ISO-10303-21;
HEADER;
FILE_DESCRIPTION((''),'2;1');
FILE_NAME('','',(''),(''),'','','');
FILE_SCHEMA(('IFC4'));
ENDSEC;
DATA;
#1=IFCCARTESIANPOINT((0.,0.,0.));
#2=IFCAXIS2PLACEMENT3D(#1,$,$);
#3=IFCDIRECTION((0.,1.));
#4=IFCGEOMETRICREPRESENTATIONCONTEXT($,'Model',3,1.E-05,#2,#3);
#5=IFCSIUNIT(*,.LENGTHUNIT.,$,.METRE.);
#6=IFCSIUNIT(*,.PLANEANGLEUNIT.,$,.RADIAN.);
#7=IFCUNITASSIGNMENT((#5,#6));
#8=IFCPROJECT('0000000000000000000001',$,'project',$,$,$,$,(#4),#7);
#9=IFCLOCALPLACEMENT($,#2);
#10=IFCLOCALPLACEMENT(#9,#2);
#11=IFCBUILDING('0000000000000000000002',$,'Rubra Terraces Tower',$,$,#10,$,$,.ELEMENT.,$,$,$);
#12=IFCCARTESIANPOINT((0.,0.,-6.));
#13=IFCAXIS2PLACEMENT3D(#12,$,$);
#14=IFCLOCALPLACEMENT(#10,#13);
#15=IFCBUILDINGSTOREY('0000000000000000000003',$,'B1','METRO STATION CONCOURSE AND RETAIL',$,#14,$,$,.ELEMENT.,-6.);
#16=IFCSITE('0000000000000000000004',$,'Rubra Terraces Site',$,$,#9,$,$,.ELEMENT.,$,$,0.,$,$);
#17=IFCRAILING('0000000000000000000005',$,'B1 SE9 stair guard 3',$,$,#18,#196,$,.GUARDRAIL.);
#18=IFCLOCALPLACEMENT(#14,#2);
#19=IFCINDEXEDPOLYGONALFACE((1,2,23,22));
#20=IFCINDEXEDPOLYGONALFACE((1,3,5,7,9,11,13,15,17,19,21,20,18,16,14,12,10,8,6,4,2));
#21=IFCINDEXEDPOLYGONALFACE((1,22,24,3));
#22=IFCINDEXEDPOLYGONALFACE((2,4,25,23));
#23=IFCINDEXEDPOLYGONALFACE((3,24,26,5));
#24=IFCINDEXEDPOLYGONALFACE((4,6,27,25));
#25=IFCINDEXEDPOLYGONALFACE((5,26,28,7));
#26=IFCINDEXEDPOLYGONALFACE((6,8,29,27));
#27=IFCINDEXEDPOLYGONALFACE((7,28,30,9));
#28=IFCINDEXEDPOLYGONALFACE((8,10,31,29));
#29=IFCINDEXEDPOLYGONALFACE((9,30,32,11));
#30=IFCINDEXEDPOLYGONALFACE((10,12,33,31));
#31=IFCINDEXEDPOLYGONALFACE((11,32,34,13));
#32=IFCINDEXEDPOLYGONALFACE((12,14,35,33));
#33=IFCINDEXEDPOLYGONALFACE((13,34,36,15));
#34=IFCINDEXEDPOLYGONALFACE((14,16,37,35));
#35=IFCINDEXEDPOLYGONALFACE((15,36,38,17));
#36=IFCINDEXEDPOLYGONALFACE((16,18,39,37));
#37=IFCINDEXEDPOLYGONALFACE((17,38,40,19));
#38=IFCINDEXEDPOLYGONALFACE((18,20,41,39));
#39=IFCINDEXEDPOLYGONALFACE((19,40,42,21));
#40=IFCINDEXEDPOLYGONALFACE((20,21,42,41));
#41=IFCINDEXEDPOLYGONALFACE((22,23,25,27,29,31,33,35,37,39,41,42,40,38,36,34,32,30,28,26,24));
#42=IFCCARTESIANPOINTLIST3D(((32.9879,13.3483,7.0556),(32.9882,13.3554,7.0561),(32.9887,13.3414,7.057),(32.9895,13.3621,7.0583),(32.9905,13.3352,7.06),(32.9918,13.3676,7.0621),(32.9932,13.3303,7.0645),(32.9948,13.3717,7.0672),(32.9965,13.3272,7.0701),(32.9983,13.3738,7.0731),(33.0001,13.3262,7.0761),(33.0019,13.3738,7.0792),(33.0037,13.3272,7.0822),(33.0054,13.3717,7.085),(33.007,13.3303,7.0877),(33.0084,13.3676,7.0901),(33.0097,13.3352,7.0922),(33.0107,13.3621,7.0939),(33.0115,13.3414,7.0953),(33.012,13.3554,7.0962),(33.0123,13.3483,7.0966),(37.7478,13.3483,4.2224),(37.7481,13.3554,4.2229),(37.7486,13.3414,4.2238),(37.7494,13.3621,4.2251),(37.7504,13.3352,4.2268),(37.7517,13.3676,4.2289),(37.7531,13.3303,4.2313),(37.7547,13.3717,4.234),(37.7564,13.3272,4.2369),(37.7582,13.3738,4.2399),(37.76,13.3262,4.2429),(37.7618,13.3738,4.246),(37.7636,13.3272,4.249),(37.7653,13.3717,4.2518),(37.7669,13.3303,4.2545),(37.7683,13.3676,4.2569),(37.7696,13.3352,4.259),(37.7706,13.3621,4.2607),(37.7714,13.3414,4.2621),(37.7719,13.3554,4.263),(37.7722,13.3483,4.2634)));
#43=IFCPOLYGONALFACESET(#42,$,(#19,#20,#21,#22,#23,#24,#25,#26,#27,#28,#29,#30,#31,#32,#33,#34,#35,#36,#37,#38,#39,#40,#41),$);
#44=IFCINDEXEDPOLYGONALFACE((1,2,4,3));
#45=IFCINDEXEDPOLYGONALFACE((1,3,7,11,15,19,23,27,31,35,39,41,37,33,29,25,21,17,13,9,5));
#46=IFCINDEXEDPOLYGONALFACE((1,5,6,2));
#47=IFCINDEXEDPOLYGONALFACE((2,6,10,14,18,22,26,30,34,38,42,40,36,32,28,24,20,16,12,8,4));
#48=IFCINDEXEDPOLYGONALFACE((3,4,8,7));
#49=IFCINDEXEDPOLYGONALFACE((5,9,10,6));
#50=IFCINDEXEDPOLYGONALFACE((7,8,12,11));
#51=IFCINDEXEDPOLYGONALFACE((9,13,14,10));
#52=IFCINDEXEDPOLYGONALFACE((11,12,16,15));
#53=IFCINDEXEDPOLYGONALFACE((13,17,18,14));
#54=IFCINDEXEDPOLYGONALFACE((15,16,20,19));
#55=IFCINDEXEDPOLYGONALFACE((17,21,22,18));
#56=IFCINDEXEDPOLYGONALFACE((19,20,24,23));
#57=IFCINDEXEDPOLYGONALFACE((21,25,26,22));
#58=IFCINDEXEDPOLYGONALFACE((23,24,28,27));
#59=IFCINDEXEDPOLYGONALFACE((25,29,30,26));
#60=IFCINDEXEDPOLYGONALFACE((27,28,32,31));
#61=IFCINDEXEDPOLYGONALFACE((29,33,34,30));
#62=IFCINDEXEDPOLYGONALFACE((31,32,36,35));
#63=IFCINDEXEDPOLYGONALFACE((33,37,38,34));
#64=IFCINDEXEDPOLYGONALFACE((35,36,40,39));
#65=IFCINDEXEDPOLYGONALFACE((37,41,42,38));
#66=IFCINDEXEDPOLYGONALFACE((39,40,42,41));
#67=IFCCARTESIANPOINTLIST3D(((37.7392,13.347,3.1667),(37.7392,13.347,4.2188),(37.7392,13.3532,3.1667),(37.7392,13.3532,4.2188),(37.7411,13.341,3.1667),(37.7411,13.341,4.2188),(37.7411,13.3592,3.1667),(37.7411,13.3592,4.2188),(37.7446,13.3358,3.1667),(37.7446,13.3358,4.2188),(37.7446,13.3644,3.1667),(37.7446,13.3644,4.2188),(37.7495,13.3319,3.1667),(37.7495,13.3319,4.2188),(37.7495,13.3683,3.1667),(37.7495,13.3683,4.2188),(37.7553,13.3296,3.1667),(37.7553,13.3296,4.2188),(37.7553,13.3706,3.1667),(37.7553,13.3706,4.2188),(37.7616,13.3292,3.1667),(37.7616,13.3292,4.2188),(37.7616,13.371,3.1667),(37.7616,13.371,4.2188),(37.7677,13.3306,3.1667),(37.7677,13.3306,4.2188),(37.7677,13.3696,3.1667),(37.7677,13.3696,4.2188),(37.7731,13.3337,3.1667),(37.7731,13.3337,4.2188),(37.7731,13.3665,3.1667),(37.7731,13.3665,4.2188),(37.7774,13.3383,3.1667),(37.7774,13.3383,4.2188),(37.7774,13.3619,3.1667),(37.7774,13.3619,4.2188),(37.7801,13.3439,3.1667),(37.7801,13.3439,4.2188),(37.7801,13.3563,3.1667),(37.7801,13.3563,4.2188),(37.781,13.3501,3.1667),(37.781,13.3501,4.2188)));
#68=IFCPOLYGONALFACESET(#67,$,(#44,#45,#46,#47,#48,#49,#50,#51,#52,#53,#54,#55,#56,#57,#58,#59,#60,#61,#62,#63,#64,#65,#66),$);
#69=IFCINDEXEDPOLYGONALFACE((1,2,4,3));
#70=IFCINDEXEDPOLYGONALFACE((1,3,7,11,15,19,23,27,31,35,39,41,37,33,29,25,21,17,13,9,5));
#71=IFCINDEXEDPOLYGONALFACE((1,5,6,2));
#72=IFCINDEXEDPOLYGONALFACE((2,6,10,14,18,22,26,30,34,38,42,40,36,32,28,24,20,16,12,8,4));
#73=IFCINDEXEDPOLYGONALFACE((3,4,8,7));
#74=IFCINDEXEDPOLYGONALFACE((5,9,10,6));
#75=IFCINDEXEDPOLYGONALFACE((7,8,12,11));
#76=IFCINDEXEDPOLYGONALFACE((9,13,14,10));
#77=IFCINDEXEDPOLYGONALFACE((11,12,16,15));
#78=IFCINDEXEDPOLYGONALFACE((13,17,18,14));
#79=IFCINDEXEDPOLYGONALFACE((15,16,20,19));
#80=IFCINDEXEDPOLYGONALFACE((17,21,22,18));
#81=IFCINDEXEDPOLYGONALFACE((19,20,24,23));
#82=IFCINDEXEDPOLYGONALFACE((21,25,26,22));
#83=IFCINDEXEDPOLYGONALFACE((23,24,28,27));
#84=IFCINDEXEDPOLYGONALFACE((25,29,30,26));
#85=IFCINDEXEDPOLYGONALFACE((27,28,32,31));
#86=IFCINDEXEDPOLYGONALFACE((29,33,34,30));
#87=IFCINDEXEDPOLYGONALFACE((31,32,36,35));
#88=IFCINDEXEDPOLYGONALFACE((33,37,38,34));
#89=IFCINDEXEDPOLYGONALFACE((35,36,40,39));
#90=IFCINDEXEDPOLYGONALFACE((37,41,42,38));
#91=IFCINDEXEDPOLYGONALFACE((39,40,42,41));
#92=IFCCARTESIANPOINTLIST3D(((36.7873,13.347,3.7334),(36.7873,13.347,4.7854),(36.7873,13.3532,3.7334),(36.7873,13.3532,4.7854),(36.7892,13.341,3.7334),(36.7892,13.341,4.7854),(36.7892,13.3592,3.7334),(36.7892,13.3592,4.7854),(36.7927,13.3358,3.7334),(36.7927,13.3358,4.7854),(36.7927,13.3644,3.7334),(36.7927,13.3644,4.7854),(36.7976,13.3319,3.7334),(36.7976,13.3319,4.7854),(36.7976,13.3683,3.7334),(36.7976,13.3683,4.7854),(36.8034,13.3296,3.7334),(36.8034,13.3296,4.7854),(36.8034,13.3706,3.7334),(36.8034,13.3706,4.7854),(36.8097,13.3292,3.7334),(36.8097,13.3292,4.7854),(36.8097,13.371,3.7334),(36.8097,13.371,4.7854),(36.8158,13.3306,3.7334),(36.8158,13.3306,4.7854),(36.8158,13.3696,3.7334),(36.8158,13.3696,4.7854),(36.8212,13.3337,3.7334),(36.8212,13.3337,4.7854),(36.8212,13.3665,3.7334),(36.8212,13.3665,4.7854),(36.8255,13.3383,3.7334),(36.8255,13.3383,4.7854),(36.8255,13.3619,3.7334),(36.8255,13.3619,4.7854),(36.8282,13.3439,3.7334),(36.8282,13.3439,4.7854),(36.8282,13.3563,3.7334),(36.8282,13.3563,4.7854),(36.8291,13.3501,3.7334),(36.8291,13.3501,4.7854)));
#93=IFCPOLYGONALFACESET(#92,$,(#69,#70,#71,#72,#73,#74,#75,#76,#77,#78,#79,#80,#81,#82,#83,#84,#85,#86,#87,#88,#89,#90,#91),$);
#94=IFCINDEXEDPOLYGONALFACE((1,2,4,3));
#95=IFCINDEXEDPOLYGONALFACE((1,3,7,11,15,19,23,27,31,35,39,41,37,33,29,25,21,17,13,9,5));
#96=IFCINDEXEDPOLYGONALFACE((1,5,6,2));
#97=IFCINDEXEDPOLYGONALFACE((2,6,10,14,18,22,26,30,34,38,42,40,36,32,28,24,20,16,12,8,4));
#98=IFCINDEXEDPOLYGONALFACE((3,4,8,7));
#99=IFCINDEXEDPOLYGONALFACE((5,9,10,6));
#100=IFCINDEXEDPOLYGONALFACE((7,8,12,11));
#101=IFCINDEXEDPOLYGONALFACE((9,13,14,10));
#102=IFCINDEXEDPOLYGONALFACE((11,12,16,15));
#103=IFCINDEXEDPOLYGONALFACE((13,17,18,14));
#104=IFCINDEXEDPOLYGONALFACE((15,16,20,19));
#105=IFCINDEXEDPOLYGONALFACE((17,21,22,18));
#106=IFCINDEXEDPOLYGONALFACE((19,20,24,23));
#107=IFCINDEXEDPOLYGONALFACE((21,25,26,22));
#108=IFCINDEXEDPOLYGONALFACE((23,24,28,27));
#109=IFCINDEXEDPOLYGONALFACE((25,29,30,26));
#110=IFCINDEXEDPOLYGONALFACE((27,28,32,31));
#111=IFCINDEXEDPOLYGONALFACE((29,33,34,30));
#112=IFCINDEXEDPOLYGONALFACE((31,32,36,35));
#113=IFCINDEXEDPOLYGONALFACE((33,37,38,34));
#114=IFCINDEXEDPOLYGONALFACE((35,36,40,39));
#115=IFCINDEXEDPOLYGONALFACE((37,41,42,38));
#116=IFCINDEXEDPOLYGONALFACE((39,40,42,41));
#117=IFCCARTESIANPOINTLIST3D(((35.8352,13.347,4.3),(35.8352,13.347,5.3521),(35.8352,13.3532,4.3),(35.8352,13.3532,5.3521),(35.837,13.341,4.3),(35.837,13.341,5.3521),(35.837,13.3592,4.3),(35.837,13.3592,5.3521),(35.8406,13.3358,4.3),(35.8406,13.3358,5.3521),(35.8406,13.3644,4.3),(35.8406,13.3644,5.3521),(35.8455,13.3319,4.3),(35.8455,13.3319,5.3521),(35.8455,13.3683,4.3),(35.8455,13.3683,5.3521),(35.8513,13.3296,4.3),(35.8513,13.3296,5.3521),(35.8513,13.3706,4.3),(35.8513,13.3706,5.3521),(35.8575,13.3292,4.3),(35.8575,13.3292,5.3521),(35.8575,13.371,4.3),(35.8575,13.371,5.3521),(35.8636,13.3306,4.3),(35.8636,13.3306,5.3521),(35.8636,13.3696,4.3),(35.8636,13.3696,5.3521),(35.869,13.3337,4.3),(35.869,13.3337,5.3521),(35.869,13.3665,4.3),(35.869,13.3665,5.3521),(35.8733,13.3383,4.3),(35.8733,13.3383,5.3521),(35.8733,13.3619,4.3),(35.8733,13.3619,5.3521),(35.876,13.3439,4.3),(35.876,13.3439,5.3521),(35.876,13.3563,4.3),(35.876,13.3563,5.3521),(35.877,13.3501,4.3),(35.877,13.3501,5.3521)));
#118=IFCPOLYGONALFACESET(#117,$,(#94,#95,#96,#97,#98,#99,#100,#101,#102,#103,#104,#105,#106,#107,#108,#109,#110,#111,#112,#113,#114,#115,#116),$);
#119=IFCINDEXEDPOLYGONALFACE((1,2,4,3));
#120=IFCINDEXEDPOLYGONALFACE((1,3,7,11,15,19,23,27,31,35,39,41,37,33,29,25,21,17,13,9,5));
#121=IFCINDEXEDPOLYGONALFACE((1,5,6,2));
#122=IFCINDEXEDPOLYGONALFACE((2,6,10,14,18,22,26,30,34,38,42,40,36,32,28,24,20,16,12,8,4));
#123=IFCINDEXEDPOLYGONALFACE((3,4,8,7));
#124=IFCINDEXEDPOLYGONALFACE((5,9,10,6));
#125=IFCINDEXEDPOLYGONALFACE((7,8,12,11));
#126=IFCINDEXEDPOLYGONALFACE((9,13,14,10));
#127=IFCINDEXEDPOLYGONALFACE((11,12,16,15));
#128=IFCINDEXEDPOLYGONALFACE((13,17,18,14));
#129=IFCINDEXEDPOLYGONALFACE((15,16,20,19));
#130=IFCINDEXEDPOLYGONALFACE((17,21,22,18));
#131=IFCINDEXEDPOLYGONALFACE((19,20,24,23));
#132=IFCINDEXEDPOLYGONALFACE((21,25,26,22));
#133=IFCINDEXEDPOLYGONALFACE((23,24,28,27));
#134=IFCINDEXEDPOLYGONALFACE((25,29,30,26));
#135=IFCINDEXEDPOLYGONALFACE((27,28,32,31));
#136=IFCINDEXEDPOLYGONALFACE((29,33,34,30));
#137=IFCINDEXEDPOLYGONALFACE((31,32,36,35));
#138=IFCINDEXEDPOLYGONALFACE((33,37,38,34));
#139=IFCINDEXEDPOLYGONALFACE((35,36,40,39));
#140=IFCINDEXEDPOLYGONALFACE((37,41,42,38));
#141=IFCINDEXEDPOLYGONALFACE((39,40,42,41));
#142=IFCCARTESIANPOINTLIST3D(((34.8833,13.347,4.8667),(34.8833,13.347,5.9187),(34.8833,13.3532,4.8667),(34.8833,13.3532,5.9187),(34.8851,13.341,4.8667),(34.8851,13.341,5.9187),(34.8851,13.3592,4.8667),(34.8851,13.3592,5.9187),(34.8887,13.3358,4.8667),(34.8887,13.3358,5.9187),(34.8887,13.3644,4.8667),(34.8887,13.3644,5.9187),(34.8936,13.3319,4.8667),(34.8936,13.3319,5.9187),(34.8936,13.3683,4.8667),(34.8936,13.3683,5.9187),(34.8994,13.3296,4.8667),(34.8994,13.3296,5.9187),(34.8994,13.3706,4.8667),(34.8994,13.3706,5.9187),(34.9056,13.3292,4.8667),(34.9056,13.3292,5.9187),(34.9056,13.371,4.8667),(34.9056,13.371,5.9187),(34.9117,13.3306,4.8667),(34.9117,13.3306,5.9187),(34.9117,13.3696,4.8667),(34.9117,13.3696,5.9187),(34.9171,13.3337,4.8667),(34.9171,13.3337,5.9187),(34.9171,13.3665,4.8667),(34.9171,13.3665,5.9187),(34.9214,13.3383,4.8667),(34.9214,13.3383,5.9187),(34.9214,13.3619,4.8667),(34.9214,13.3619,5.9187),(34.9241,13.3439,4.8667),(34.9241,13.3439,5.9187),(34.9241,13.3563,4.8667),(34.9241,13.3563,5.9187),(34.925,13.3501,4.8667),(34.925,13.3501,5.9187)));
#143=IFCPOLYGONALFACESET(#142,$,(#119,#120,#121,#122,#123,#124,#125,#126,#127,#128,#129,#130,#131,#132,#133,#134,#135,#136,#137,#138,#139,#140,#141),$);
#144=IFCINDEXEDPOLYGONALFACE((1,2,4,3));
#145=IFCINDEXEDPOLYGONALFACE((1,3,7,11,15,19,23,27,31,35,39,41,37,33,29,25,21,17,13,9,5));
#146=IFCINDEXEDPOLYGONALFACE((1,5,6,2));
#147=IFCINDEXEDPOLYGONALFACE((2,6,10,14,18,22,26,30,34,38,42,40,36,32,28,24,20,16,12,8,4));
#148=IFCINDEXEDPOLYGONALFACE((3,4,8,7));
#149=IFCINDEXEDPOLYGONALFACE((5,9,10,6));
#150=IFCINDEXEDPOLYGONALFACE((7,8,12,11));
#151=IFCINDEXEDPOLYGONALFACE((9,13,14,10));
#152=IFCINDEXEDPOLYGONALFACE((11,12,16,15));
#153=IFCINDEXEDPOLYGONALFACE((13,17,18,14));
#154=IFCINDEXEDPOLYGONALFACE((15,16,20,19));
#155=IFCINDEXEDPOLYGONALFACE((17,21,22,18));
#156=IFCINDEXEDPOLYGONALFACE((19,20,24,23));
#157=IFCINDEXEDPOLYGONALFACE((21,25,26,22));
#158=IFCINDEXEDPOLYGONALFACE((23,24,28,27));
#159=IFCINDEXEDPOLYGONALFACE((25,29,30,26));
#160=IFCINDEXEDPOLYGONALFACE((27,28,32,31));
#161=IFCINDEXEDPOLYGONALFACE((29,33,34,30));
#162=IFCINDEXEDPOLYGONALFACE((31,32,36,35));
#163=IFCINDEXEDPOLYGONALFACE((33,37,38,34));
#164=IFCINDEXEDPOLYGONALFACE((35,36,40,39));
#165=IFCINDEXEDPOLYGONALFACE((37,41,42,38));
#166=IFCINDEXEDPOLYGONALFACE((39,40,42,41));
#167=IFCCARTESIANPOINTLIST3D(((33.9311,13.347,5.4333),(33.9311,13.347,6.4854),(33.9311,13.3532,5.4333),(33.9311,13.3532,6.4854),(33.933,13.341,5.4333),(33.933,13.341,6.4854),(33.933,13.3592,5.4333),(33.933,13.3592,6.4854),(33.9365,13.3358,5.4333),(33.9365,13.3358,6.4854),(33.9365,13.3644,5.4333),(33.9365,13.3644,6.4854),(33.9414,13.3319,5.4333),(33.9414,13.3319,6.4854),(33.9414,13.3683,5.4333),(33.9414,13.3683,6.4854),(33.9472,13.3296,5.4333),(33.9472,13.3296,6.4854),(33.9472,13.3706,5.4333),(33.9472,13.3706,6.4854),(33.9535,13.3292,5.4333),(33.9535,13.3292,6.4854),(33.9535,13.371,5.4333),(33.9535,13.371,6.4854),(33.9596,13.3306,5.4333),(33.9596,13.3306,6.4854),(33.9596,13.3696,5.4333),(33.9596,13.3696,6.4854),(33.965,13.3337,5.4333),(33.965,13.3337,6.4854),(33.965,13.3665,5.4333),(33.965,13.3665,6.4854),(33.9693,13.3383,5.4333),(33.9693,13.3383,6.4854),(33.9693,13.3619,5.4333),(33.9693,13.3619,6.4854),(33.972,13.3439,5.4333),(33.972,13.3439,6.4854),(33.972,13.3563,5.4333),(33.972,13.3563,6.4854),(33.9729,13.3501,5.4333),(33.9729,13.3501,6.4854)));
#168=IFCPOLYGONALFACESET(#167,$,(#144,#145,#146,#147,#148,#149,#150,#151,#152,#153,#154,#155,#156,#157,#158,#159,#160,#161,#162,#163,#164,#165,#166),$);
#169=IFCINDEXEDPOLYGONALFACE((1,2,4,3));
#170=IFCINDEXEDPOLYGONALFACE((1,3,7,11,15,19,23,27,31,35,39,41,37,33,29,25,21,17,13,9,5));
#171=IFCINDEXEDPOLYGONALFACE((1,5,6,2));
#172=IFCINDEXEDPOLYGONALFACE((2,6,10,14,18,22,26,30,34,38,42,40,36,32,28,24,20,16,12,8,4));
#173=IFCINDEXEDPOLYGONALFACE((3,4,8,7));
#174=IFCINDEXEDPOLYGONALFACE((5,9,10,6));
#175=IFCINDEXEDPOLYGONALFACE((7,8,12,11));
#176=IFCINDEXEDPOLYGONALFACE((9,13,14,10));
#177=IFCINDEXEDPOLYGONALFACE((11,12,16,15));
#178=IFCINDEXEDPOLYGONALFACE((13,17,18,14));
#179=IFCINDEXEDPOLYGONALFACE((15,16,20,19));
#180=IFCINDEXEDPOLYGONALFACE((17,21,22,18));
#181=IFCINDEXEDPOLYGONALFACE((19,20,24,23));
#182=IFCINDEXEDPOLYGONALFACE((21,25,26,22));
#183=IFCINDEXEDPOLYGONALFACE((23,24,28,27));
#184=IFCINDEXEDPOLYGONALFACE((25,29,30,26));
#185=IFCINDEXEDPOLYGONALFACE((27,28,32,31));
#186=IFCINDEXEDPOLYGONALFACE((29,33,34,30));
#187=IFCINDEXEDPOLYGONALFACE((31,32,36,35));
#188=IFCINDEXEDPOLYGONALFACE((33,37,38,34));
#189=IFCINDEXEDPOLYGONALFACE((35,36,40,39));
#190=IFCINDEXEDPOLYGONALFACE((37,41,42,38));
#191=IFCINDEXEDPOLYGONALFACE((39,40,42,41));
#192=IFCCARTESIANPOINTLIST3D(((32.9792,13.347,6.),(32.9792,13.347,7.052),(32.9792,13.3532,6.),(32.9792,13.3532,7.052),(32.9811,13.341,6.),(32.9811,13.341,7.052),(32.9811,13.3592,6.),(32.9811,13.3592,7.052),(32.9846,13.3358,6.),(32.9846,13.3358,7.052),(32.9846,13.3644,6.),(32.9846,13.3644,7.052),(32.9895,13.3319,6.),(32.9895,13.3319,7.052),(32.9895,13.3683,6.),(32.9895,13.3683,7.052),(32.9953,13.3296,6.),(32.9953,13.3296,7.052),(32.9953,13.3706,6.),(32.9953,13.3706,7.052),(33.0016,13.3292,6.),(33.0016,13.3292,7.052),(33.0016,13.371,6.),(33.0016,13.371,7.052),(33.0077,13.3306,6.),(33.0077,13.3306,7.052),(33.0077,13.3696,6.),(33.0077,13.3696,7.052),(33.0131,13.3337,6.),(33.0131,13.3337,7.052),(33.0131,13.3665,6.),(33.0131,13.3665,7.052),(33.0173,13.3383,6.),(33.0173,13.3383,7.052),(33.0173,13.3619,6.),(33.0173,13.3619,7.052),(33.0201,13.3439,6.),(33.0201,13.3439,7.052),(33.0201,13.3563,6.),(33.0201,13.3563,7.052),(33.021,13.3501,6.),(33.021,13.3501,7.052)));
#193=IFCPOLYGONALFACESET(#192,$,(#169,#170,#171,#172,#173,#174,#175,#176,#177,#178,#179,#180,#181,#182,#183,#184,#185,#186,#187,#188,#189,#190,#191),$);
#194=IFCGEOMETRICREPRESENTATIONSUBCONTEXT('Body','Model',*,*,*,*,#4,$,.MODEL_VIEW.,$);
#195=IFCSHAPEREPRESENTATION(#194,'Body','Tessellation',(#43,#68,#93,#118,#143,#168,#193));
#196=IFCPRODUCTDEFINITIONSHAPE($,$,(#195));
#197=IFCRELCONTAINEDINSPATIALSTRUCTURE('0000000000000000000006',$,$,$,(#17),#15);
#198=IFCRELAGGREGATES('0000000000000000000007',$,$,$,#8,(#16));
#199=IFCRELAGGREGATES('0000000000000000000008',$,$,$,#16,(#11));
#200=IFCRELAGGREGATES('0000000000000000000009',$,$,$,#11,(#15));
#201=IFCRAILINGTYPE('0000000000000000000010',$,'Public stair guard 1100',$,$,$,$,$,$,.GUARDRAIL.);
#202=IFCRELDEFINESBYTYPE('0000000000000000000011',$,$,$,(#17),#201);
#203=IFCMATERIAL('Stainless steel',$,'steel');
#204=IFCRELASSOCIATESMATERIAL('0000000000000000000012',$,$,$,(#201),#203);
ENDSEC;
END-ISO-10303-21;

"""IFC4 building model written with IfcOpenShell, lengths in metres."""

from ifc_helpers import new_model, si_unit, direction, frame, origin, origin_2d, place, context, subcontext, project, spatial, circle, extrude, material, type_object, element, save


model = new_model("IFC4")

# Units and contexts
model_context = context("Model", 3, precision=1e-05, world=origin(), true_north=direction((0.0, 1.0)))
body_context = subcontext(model_context, "Body", "Model", "MODEL_VIEW")
ifc_project = project(units=[si_unit("LENGTHUNIT", "METRE"), si_unit("PLANEANGLEUNIT", "RADIAN")], contexts=[model_context])

# Site, building, storey
site_placement = place(None, origin())
site = spatial("IfcSite", under=ifc_project, at=site_placement, Name="Rubra Terraces Site", CompositionType="ELEMENT", RefElevation=0.0)
building_placement = place(site_placement, origin())
building = spatial("IfcBuilding", under=site, at=building_placement, Name="Rubra Terraces Tower", CompositionType="ELEMENT")
storey_placement = place(building_placement, frame((0.0, 0.0, -6.0)))
storey = spatial("IfcBuildingStorey", under=building, at=storey_placement, Name="B1", Description="METRO STATION CONCOURSE AND RETAIL", CompositionType="ELEMENT", Elevation=-6.0)

# Railing
ifc_material_1 = material(Name="Stainless steel", Category="steel")
railing_type_1 = type_object("IfcRailingType", Name="Public stair guard 1100", PredefinedType="GUARDRAIL", material=ifc_material_1)
railing_1_placement = place(storey_placement, frame((37.76, 13.3501, 3.1667)))
element("IfcRailing", 1, at=railing_1_placement, inside=storey, type_object=railing_type_1, Name="B1 SE9 stair guard 3", PredefinedType="GUARDRAIL", context=body_context, shape_type="SweptSolid", body=[
    extrude(circle(Radius=0.0239, at=origin_2d()), frame((0.0, 0.0, 1.0762), z_axis=(-0.8593, 0.0, 0.511472), x_axis=(0.0, -1.0, 0.0)), (0.0, 0.0, 1.0), 5.5393),
    extrude(circle(Radius=0.021, at=origin_2d()), origin(), (0.0, 0.0, 1.0), 1.052),
    extrude(circle(Radius=0.021, at=origin_2d()), frame((-0.9519, 0.0, 0.5667)), (0.0, 0.0, 1.0), 1.052),
    extrude(circle(Radius=0.021, at=origin_2d()), frame((-1.9041, 0.0, 1.1333)), (0.0, 0.0, 1.0), 1.052),
    extrude(circle(Radius=0.021, at=origin_2d()), frame((-2.856, 0.0, 1.7)), (0.0, 0.0, 1.0), 1.052),
    extrude(circle(Radius=0.021, at=origin_2d()), frame((-3.8081, 0.0, 2.2666)), (0.0, 0.0, 1.0), 1.052),
    extrude(circle(Radius=0.021, at=origin_2d()), frame((-4.76, 0.0, 2.8333)), (0.0, 0.0, 1.0), 1.052),
])

save(model, "model.ifc")
